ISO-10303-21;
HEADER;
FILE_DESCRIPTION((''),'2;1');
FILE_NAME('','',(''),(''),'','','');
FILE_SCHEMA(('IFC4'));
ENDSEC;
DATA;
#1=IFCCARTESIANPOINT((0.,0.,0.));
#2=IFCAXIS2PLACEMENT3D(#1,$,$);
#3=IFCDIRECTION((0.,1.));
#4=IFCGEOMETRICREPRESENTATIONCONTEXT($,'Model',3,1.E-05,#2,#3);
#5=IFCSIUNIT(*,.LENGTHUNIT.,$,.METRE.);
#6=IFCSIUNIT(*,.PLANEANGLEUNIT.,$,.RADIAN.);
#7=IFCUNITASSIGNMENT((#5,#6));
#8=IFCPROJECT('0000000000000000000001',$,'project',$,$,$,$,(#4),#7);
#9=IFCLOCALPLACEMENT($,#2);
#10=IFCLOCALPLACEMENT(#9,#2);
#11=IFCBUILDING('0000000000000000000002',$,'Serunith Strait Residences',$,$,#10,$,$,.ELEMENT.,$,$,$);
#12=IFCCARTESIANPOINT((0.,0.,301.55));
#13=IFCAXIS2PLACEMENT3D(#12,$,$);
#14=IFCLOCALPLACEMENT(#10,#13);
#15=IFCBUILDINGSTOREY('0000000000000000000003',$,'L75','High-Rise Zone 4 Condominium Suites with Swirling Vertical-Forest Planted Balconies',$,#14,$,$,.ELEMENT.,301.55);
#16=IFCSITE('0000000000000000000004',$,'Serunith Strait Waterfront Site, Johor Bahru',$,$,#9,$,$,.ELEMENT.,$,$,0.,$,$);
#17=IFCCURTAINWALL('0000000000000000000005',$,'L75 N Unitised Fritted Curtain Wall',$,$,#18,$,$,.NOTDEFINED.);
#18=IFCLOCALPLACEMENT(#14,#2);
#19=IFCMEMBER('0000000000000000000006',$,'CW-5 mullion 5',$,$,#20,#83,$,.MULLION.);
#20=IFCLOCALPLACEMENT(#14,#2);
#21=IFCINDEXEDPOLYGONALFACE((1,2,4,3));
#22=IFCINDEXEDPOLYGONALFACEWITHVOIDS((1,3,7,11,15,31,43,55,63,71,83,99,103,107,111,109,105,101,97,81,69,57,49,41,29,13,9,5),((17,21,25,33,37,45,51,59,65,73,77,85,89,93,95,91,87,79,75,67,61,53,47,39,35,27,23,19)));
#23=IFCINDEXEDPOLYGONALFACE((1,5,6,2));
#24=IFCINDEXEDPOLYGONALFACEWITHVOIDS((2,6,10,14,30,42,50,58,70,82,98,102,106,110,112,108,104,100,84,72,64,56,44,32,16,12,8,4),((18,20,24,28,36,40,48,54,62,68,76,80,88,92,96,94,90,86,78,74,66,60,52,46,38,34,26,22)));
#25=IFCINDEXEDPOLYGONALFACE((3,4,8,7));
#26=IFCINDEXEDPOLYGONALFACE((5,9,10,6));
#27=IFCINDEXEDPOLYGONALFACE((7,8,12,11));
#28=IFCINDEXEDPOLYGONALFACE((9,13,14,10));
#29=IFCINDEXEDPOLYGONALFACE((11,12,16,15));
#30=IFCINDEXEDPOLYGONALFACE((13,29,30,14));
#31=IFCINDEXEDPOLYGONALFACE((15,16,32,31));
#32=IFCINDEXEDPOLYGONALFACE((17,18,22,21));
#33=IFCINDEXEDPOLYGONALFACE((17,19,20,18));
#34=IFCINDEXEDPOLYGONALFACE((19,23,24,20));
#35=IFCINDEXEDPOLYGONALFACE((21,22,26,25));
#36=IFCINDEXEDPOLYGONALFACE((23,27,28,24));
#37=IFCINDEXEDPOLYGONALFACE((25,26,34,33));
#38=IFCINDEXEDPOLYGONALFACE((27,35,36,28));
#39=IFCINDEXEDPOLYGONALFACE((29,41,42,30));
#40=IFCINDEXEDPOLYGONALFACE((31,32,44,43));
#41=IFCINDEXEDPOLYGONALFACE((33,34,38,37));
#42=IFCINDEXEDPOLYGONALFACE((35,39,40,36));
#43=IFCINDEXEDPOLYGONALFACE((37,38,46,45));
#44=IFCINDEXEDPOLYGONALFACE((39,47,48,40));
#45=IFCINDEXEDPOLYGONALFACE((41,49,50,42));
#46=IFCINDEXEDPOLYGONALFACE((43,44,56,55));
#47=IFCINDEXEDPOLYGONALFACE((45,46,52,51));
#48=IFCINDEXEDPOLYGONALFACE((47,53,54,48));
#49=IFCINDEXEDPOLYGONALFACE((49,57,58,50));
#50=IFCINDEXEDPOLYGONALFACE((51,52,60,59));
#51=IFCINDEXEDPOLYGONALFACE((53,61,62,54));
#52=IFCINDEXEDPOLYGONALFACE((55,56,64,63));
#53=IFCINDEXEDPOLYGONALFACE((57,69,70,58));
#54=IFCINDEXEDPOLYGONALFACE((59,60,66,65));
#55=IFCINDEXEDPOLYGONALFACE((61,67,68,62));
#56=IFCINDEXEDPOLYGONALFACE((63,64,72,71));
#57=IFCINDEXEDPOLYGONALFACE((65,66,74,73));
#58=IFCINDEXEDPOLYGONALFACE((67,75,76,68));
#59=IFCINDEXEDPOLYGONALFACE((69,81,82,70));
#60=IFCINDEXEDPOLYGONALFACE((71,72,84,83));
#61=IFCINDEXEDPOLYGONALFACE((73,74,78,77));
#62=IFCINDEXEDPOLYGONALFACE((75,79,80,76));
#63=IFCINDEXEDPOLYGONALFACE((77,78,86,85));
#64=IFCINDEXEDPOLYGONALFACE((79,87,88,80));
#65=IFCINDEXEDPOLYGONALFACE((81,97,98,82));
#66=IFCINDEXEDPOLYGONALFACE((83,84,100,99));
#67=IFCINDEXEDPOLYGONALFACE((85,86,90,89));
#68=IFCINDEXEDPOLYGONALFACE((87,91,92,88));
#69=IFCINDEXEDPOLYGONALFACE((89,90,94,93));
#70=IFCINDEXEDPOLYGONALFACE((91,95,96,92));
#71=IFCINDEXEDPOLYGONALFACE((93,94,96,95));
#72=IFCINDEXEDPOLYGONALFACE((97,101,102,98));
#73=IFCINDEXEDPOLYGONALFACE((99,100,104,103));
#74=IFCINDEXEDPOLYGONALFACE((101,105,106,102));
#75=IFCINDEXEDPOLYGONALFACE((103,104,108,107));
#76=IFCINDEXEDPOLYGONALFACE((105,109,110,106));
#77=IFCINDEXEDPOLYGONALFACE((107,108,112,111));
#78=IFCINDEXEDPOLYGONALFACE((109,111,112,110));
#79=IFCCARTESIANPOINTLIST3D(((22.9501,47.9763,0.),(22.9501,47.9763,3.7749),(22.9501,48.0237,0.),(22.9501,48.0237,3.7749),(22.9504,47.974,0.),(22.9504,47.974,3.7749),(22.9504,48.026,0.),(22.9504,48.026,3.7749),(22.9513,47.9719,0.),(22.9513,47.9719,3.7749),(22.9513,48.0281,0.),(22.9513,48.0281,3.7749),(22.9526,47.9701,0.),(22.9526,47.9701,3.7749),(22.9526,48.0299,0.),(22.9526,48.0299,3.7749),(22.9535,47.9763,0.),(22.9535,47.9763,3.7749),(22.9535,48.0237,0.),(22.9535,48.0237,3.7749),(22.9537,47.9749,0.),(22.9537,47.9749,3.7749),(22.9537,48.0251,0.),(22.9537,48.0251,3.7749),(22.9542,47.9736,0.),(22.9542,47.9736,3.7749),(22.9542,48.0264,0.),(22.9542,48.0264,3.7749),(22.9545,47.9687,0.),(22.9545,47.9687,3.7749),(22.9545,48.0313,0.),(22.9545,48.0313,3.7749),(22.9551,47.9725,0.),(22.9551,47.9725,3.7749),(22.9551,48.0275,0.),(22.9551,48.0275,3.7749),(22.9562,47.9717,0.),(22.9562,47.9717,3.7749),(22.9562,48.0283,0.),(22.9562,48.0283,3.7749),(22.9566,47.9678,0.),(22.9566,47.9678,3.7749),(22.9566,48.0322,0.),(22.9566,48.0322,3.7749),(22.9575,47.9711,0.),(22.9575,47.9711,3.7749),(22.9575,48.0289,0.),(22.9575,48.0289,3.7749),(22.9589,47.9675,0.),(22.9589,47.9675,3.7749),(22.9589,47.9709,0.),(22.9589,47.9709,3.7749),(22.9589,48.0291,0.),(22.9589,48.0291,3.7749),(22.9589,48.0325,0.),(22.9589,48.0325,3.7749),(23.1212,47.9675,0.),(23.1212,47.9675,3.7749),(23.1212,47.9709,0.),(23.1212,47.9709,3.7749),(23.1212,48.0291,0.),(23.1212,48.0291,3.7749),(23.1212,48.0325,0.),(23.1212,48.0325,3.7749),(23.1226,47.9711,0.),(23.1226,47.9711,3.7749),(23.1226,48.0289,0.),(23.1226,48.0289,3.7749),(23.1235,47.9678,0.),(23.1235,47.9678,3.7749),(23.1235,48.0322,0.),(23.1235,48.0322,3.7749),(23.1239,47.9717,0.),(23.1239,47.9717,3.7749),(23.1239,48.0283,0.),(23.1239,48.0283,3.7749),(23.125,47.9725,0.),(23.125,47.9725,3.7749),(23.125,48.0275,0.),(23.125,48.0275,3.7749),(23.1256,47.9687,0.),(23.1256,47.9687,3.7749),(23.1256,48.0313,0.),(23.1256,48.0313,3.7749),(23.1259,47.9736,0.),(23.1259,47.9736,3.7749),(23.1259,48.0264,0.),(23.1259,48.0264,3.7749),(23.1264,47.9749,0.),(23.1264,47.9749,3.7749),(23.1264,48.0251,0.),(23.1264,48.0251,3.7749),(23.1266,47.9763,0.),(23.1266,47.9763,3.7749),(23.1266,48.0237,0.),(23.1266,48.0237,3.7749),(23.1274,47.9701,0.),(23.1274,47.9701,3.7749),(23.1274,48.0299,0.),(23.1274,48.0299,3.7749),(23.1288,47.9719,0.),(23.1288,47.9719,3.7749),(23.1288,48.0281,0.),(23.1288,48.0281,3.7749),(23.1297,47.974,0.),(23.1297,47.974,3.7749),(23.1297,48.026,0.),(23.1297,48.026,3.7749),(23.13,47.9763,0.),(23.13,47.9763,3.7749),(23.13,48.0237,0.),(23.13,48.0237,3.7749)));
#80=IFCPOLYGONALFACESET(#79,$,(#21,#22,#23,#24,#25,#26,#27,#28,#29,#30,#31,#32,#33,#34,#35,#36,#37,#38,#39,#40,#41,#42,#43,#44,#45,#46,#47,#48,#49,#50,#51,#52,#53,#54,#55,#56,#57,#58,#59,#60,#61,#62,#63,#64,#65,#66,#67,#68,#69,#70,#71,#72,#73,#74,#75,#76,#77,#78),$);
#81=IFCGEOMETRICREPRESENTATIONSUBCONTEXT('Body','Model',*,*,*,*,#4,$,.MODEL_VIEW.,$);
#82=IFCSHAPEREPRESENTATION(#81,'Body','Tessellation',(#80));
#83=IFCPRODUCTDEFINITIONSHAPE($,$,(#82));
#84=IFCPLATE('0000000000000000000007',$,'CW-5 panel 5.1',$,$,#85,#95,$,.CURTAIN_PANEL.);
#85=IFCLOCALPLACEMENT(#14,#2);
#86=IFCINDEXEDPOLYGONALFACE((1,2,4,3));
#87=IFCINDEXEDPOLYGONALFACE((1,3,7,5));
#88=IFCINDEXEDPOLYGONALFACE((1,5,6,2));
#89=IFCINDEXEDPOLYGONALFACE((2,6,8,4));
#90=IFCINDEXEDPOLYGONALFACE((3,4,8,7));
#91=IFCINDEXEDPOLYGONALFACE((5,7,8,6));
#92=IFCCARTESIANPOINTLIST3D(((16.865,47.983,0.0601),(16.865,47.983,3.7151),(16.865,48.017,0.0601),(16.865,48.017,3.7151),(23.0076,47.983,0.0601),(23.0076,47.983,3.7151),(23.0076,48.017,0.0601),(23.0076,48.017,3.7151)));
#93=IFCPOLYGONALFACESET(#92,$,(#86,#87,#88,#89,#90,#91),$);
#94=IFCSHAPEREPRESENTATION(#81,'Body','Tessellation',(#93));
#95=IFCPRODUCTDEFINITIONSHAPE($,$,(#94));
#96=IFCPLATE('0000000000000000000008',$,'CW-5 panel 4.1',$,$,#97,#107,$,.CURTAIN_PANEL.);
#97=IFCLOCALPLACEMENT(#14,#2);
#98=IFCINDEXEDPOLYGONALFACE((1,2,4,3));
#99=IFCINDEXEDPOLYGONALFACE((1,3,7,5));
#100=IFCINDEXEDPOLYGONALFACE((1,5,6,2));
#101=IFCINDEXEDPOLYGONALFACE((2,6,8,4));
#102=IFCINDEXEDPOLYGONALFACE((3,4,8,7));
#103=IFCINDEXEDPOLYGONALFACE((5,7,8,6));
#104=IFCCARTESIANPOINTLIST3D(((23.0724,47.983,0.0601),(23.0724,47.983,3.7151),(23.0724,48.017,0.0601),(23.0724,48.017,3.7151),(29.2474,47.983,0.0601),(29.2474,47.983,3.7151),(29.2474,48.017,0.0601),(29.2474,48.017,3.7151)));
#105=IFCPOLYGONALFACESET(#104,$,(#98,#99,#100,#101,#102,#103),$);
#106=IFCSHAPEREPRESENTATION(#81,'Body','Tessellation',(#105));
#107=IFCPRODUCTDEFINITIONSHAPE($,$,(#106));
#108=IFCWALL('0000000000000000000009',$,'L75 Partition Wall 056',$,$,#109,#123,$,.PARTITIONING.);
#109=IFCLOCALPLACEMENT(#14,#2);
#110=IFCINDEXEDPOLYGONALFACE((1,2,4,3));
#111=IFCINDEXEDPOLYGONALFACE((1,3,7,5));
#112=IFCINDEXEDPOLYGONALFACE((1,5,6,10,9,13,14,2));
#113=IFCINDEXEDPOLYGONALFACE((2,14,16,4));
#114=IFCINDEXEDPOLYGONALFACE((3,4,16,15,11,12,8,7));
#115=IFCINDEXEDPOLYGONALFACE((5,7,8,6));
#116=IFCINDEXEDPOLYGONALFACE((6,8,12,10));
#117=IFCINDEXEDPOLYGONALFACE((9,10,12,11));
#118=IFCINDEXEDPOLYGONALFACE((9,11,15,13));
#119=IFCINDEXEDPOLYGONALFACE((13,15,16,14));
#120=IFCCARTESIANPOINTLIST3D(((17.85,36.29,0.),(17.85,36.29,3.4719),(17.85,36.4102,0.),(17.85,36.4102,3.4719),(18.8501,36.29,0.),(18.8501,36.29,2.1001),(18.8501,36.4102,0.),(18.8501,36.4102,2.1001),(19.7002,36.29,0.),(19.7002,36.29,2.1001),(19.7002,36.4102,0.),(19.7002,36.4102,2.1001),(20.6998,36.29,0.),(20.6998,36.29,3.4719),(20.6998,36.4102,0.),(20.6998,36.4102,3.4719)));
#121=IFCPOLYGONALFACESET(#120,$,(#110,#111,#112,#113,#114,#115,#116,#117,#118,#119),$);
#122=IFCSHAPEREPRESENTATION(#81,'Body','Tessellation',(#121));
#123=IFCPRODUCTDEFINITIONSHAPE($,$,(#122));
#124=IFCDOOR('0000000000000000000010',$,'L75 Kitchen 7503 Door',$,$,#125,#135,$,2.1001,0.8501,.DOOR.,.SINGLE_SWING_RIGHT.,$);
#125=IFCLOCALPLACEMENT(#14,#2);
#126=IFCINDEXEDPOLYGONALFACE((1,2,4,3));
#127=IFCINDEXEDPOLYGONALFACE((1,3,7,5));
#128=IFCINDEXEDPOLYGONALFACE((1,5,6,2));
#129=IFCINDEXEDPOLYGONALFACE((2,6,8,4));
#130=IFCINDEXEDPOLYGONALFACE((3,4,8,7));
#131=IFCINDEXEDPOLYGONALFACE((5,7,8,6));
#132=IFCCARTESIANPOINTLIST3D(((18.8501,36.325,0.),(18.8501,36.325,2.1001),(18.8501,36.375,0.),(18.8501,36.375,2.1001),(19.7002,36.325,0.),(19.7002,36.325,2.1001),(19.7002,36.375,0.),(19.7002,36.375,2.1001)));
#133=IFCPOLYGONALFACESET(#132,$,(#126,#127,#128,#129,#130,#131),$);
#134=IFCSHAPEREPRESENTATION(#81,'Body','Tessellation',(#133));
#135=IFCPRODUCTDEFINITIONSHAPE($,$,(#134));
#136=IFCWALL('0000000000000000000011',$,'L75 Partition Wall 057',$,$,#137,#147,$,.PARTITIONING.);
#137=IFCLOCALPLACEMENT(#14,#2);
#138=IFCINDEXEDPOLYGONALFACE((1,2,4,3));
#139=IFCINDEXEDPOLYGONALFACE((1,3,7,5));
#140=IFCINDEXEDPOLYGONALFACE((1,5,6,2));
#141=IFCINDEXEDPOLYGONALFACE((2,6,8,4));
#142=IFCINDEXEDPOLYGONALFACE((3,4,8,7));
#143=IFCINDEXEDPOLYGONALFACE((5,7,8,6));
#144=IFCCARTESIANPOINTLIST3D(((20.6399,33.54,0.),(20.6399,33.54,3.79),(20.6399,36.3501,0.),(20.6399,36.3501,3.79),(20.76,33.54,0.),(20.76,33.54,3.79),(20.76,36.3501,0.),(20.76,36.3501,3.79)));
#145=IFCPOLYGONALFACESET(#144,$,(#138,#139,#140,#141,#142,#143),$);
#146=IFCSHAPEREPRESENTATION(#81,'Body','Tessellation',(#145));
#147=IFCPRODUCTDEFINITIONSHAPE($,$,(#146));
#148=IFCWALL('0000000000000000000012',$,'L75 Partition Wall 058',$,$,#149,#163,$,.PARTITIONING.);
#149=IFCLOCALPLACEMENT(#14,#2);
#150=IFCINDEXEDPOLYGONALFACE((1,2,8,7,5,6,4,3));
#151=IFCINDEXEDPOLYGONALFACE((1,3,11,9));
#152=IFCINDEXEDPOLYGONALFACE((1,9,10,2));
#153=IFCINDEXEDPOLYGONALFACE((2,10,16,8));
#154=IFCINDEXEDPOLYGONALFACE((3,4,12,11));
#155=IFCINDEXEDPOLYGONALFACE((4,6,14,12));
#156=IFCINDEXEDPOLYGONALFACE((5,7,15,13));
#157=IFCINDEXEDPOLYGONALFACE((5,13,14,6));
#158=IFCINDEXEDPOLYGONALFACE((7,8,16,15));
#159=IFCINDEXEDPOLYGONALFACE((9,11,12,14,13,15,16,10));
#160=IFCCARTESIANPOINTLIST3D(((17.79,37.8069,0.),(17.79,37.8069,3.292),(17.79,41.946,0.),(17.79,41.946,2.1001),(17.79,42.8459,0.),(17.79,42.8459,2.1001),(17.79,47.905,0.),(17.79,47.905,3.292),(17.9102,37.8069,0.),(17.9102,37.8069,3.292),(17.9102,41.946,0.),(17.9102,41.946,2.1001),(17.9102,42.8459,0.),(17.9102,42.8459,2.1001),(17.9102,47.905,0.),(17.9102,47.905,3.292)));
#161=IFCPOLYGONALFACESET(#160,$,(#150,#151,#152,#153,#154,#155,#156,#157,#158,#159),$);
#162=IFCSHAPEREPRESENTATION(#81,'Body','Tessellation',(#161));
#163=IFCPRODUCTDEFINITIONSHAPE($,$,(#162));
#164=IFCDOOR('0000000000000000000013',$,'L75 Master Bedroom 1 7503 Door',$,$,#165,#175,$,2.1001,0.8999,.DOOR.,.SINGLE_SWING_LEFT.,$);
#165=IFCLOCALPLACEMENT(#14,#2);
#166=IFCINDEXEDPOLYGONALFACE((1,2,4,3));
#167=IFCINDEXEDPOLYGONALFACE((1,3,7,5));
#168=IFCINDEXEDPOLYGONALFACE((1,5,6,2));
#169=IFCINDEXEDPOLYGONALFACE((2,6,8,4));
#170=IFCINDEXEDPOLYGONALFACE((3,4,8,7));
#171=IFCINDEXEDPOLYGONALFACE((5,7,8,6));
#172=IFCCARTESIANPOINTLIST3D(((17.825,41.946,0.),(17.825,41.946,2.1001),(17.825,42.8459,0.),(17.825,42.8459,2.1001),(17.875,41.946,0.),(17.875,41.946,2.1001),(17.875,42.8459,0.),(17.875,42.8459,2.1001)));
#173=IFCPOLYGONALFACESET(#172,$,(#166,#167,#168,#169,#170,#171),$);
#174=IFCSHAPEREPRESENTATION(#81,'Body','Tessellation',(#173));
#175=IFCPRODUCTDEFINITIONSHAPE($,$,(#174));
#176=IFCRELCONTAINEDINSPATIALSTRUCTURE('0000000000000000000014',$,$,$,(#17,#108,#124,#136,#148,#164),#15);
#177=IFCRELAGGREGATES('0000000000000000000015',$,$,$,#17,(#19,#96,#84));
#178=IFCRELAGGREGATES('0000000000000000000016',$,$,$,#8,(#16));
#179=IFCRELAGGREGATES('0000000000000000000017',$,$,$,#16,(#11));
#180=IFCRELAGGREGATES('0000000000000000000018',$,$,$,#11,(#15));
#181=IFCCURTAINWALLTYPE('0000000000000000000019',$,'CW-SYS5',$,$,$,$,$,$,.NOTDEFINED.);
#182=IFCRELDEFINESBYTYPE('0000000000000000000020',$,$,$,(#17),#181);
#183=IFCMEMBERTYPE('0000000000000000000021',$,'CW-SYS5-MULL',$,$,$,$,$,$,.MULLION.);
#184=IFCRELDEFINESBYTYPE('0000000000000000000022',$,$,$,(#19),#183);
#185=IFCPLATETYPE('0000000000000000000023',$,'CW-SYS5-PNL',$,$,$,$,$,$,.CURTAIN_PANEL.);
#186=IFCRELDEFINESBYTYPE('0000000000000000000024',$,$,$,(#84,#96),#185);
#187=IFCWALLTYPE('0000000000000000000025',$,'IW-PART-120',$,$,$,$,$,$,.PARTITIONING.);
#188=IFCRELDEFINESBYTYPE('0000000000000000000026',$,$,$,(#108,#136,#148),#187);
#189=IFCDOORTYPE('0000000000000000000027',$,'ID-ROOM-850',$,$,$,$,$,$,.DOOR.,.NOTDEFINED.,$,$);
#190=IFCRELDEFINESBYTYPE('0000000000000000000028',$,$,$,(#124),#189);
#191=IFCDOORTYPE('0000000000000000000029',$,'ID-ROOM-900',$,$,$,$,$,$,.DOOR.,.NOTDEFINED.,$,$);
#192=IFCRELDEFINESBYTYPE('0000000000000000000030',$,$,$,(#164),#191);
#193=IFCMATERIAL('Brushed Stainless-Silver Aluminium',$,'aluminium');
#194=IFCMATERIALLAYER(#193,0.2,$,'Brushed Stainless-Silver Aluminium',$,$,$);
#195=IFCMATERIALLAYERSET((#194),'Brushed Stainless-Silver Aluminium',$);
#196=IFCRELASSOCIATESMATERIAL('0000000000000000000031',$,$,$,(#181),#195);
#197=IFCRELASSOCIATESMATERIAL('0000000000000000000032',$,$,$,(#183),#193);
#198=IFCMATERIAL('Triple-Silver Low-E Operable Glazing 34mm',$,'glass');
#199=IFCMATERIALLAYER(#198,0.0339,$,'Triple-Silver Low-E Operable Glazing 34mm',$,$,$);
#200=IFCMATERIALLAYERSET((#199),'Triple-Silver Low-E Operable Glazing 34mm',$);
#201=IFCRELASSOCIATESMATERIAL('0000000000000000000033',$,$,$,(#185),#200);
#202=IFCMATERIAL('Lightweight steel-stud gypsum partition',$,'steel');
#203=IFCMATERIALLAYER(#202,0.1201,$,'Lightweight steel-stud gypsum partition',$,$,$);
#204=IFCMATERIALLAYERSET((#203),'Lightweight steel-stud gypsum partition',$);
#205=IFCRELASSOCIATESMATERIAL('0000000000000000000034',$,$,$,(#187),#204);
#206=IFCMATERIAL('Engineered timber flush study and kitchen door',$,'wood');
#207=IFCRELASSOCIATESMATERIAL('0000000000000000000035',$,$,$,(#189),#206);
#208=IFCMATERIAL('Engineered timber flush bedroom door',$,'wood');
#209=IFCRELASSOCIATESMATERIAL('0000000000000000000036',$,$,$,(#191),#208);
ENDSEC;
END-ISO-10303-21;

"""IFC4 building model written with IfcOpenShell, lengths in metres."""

from ifc_helpers import new_model, si_unit, direction, frame, frame_2d, origin, origin_2d, place, context, subcontext, project, spatial, rectangle, hollow_rectangle, extrude, source, transform, mapped, material, layer, layer_set, material_profile, profile_set, type_object, element, fill, aggregate, save


model = new_model("IFC4")

# Units and contexts
model_context = context("Model", 3, precision=1e-05, world=origin(), true_north=direction((0.0, 1.0)))
body_context = subcontext(model_context, "Body", "Model", "MODEL_VIEW")
ifc_project = project(units=[si_unit("LENGTHUNIT", "METRE"), si_unit("PLANEANGLEUNIT", "RADIAN")], contexts=[model_context])

# Site, building, storey
site_placement = place(None, origin())
site = spatial("IfcSite", under=ifc_project, at=site_placement, Name="Serunith Strait Waterfront Site, Johor Bahru", CompositionType="ELEMENT", RefElevation=0.0)
building_placement = place(site_placement, origin())
building = spatial("IfcBuilding", under=site, at=building_placement, Name="Serunith Strait Residences", CompositionType="ELEMENT")
storey_placement = place(building_placement, frame((0.0, 0.0, 301.55)))
storey = spatial("IfcBuildingStorey", under=building, at=storey_placement, Name="L75", Description="High-Rise Zone 4 Condominium Suites with Swirling Vertical-Forest Planted Balconies", CompositionType="ELEMENT", Elevation=301.55)

# Curtain wall, member, plates
ifc_material_1 = material(Name="Brushed Stainless-Silver Aluminium", Category="aluminium")
ifc_layer_1 = layer(ifc_material_1, 0.2, Name="Brushed Stainless-Silver Aluminium")
ifc_layer_set_1 = layer_set([ifc_layer_1], Name="Brushed Stainless-Silver Aluminium")
curtain_wall_type = type_object("IfcCurtainWallType", Name="CW-SYS5", PredefinedType="NOTDEFINED", material=ifc_layer_set_1)
curtain_wall_placement = place(storey_placement, origin())
curtain_wall = element("IfcCurtainWall", 1, at=curtain_wall_placement, inside=storey, type_object=curtain_wall_type, Name="L75 N Unitised Fritted Curtain Wall", PredefinedType="NOTDEFINED")
ifc_material_profile_1 = material_profile(ifc_material_1, hollow_rectangle(XDim=0.0649, YDim=0.1799, WallThickness=0.0034, InnerFilletRadius=0.0054, OuterFilletRadius=0.0088, at=origin_2d()), Name="ALU 180x65x3.5")
ifc_profile_set_1 = profile_set([ifc_material_profile_1], Name="Brushed Stainless-Silver Aluminium")
member_type_1 = type_object("IfcMemberType", Name="CW-SYS5-MULL", PredefinedType="MULLION", material=ifc_profile_set_1)
shared_shape_1 = source(origin(), body_context, "Body", "SweptSolid", [
    extrude(hollow_rectangle(XDim=0.0649, YDim=0.1799, WallThickness=0.0034, InnerFilletRadius=0.0054, OuterFilletRadius=0.0088, at=origin_2d()), origin(), (0.0, 0.0, 1.0), 3.7749),
])
member_1_placement = place(storey_placement, frame((23.04, 48.0, 0.0), z_axis=(0.0, 0.0, 1.0), x_axis=(0.0, -1.0, 0.0)))
member_1 = element("IfcMember", 2, at=member_1_placement, type_object=member_type_1, Name="CW-5 mullion 5", PredefinedType="MULLION", context=body_context, shape_type="MappedRepresentation", body=[
    mapped(shared_shape_1, transform((0.0, 0.0, 0.0), scale=1.0)),
])
ifc_material_2 = material(Name="Triple-Silver Low-E Operable Glazing 34mm", Category="glass")
ifc_layer_2 = layer(ifc_material_2, 0.0339, Name="Triple-Silver Low-E Operable Glazing 34mm")
ifc_layer_set_2 = layer_set([ifc_layer_2], Name="Triple-Silver Low-E Operable Glazing 34mm")
plate_type = type_object("IfcPlateType", Name="CW-SYS5-PNL", PredefinedType="CURTAIN_PANEL", material=ifc_layer_set_2)
shared_shape_2 = source(origin(), body_context, "Body", "SweptSolid", [
    extrude(rectangle(XDim=6.1426, YDim=0.0339, at=origin_2d()), origin(), (0.0, 0.0, 1.0), 3.655),
])
plate_1_placement = place(storey_placement, frame((19.9363, 48.0, 0.0601), z_axis=(0.0, 0.0, 1.0), x_axis=(-1.0, 0.0, 0.0)))
plate_1 = element("IfcPlate", 3, at=plate_1_placement, type_object=plate_type, Name="CW-5 panel 5.1", PredefinedType="CURTAIN_PANEL", context=body_context, shape_type="MappedRepresentation", body=[
    mapped(shared_shape_2, transform((0.0, 0.0, 0.0), scale=1.0)),
])
shared_shape_3 = source(origin(), body_context, "Body", "SweptSolid", [
    extrude(rectangle(XDim=6.175, YDim=0.0339, at=origin_2d()), origin(), (0.0, 0.0, 1.0), 3.655),
])
plate_2_placement = place(storey_placement, frame((26.1599, 48.0, 0.0601), z_axis=(0.0, 0.0, 1.0), x_axis=(-1.0, 0.0, 0.0)))
plate_2 = element("IfcPlate", 4, at=plate_2_placement, type_object=plate_type, Name="CW-5 panel 4.1", PredefinedType="CURTAIN_PANEL", context=body_context, shape_type="MappedRepresentation", body=[
    mapped(shared_shape_3, transform((0.0, 0.0, 0.0), scale=1.0)),
])
aggregate(curtain_wall, [member_1, plate_2, plate_1])

# Wall, opening, door
ifc_material_3 = material(Name="Lightweight steel-stud gypsum partition", Category="steel")
ifc_layer_3 = layer(ifc_material_3, 0.1201, Name="Lightweight steel-stud gypsum partition")
ifc_layer_set_3 = layer_set([ifc_layer_3], Name="Lightweight steel-stud gypsum partition")
wall_type = type_object("IfcWallType", Name="IW-PART-120", PredefinedType="PARTITIONING", material=ifc_layer_set_3)
wall_1_placement = place(storey_placement, frame((17.8501, 36.3501, 0.0), z_axis=(0.0, 0.0, 1.0), x_axis=(1.0, 0.0, 0.0)))
wall_1 = element("IfcWall", 5, at=wall_1_placement, inside=storey, type_object=wall_type, Name="L75 Partition Wall 056", PredefinedType="PARTITIONING", context=body_context, shape_type="SweptSolid", body=[
    extrude(rectangle(XDim=2.8499, YDim=0.1201, at=frame_2d((1.4248, 0.0))), origin(), (0.0, 0.0, 1.0), 3.4719),
])
opening_1_placement = place(wall_1_placement, frame((1.0, 0.0, 0.0)))
opening_1 = element("IfcOpeningElement", 6, at=opening_1_placement, cuts=wall_1, PredefinedType="OPENING", context=body_context, shape_type="SweptSolid", body=[
    extrude(rectangle(XDim=0.8501, YDim=2.1001, at=frame_2d((0.425, 1.05))), frame((0.0, 0.0701, 0.0), z_axis=(0.0, -1.0, 0.0), x_axis=(1.0, 0.0, 0.0)), (0.0, 0.0, 1.0), 0.1401),
])
ifc_material_4 = material(Name="Engineered timber flush study and kitchen door", Category="wood")
door_type_1 = type_object("IfcDoorType", Name="ID-ROOM-850", OperationType="NOTDEFINED", PredefinedType="DOOR", material=ifc_material_4)
shared_shape_4 = source(origin(), body_context, "Body", "SweptSolid", [
    extrude(rectangle(XDim=0.8501, YDim=2.1001, at=frame_2d((0.425, 1.05))), frame((0.0, 0.0249, 0.0), z_axis=(0.0, -1.0, 0.0), x_axis=(1.0, 0.0, 0.0)), (0.0, 0.0, 1.0), 0.05),
])
door_1_placement = place(opening_1_placement, origin())
door_1 = element("IfcDoor", 7, at=door_1_placement, inside=storey, type_object=door_type_1, Name="L75 Kitchen 7503 Door", OperationType="SINGLE_SWING_RIGHT", OverallHeight=2.1001, OverallWidth=0.8501, PredefinedType="DOOR", context=body_context, shape_type="MappedRepresentation", body=[
    mapped(shared_shape_4, transform((0.0, 0.0, 0.0), scale=1.0)),
])
fill(opening_1, door_1)

# Wall
wall_2_placement = place(storey_placement, frame((20.7, 36.3501, 0.0), z_axis=(0.0, 0.0, 1.0), x_axis=(0.0, -1.0, 0.0)))
element("IfcWall", 8, at=wall_2_placement, inside=storey, type_object=wall_type, Name="L75 Partition Wall 057", PredefinedType="PARTITIONING", context=body_context, shape_type="SweptSolid", body=[
    extrude(rectangle(XDim=2.8101, YDim=0.1201, at=frame_2d((1.405, 0.0))), origin(), (0.0, 0.0, 1.0), 3.79),
])

# Wall, opening, door
wall_3_placement = place(storey_placement, frame((17.8501, 47.905, 0.0), z_axis=(0.0, 0.0, 1.0), x_axis=(0.0, -1.0, 0.0)))
wall_3 = element("IfcWall", 9, at=wall_3_placement, inside=storey, type_object=wall_type, Name="L75 Partition Wall 058", PredefinedType="PARTITIONING", context=body_context, shape_type="SweptSolid", body=[
    extrude(rectangle(XDim=10.0981, YDim=0.1201, at=frame_2d((5.0491, 0.0))), origin(), (0.0, 0.0, 1.0), 3.292),
])
opening_2_placement = place(wall_3_placement, frame((5.0591, 0.0, 0.0)))
opening_2 = element("IfcOpeningElement", 10, at=opening_2_placement, cuts=wall_3, PredefinedType="OPENING", context=body_context, shape_type="SweptSolid", body=[
    extrude(rectangle(XDim=0.8999, YDim=2.1001, at=frame_2d((0.45, 1.05))), frame((0.0, 0.0701, 0.0), z_axis=(0.0, -1.0, 0.0), x_axis=(1.0, 0.0, 0.0)), (0.0, 0.0, 1.0), 0.1401),
])
ifc_material_5 = material(Name="Engineered timber flush bedroom door", Category="wood")
door_type_2 = type_object("IfcDoorType", Name="ID-ROOM-900", OperationType="NOTDEFINED", PredefinedType="DOOR", material=ifc_material_5)
shared_shape_5 = source(origin(), body_context, "Body", "SweptSolid", [
    extrude(rectangle(XDim=0.8999, YDim=2.1001, at=frame_2d((0.45, 1.05))), frame((0.0, 0.0249, 0.0), z_axis=(0.0, -1.0, 0.0), x_axis=(1.0, 0.0, 0.0)), (0.0, 0.0, 1.0), 0.05),
])
door_2_placement = place(opening_2_placement, origin())
door_2 = element("IfcDoor", 11, at=door_2_placement, inside=storey, type_object=door_type_2, Name="L75 Master Bedroom 1 7503 Door", OperationType="SINGLE_SWING_LEFT", OverallHeight=2.1001, OverallWidth=0.8999, PredefinedType="DOOR", context=body_context, shape_type="MappedRepresentation", body=[
    mapped(shared_shape_5, transform((0.0, 0.0, 0.0), scale=1.0)),
])
fill(opening_2, door_2)

save(model, "model.ifc")
